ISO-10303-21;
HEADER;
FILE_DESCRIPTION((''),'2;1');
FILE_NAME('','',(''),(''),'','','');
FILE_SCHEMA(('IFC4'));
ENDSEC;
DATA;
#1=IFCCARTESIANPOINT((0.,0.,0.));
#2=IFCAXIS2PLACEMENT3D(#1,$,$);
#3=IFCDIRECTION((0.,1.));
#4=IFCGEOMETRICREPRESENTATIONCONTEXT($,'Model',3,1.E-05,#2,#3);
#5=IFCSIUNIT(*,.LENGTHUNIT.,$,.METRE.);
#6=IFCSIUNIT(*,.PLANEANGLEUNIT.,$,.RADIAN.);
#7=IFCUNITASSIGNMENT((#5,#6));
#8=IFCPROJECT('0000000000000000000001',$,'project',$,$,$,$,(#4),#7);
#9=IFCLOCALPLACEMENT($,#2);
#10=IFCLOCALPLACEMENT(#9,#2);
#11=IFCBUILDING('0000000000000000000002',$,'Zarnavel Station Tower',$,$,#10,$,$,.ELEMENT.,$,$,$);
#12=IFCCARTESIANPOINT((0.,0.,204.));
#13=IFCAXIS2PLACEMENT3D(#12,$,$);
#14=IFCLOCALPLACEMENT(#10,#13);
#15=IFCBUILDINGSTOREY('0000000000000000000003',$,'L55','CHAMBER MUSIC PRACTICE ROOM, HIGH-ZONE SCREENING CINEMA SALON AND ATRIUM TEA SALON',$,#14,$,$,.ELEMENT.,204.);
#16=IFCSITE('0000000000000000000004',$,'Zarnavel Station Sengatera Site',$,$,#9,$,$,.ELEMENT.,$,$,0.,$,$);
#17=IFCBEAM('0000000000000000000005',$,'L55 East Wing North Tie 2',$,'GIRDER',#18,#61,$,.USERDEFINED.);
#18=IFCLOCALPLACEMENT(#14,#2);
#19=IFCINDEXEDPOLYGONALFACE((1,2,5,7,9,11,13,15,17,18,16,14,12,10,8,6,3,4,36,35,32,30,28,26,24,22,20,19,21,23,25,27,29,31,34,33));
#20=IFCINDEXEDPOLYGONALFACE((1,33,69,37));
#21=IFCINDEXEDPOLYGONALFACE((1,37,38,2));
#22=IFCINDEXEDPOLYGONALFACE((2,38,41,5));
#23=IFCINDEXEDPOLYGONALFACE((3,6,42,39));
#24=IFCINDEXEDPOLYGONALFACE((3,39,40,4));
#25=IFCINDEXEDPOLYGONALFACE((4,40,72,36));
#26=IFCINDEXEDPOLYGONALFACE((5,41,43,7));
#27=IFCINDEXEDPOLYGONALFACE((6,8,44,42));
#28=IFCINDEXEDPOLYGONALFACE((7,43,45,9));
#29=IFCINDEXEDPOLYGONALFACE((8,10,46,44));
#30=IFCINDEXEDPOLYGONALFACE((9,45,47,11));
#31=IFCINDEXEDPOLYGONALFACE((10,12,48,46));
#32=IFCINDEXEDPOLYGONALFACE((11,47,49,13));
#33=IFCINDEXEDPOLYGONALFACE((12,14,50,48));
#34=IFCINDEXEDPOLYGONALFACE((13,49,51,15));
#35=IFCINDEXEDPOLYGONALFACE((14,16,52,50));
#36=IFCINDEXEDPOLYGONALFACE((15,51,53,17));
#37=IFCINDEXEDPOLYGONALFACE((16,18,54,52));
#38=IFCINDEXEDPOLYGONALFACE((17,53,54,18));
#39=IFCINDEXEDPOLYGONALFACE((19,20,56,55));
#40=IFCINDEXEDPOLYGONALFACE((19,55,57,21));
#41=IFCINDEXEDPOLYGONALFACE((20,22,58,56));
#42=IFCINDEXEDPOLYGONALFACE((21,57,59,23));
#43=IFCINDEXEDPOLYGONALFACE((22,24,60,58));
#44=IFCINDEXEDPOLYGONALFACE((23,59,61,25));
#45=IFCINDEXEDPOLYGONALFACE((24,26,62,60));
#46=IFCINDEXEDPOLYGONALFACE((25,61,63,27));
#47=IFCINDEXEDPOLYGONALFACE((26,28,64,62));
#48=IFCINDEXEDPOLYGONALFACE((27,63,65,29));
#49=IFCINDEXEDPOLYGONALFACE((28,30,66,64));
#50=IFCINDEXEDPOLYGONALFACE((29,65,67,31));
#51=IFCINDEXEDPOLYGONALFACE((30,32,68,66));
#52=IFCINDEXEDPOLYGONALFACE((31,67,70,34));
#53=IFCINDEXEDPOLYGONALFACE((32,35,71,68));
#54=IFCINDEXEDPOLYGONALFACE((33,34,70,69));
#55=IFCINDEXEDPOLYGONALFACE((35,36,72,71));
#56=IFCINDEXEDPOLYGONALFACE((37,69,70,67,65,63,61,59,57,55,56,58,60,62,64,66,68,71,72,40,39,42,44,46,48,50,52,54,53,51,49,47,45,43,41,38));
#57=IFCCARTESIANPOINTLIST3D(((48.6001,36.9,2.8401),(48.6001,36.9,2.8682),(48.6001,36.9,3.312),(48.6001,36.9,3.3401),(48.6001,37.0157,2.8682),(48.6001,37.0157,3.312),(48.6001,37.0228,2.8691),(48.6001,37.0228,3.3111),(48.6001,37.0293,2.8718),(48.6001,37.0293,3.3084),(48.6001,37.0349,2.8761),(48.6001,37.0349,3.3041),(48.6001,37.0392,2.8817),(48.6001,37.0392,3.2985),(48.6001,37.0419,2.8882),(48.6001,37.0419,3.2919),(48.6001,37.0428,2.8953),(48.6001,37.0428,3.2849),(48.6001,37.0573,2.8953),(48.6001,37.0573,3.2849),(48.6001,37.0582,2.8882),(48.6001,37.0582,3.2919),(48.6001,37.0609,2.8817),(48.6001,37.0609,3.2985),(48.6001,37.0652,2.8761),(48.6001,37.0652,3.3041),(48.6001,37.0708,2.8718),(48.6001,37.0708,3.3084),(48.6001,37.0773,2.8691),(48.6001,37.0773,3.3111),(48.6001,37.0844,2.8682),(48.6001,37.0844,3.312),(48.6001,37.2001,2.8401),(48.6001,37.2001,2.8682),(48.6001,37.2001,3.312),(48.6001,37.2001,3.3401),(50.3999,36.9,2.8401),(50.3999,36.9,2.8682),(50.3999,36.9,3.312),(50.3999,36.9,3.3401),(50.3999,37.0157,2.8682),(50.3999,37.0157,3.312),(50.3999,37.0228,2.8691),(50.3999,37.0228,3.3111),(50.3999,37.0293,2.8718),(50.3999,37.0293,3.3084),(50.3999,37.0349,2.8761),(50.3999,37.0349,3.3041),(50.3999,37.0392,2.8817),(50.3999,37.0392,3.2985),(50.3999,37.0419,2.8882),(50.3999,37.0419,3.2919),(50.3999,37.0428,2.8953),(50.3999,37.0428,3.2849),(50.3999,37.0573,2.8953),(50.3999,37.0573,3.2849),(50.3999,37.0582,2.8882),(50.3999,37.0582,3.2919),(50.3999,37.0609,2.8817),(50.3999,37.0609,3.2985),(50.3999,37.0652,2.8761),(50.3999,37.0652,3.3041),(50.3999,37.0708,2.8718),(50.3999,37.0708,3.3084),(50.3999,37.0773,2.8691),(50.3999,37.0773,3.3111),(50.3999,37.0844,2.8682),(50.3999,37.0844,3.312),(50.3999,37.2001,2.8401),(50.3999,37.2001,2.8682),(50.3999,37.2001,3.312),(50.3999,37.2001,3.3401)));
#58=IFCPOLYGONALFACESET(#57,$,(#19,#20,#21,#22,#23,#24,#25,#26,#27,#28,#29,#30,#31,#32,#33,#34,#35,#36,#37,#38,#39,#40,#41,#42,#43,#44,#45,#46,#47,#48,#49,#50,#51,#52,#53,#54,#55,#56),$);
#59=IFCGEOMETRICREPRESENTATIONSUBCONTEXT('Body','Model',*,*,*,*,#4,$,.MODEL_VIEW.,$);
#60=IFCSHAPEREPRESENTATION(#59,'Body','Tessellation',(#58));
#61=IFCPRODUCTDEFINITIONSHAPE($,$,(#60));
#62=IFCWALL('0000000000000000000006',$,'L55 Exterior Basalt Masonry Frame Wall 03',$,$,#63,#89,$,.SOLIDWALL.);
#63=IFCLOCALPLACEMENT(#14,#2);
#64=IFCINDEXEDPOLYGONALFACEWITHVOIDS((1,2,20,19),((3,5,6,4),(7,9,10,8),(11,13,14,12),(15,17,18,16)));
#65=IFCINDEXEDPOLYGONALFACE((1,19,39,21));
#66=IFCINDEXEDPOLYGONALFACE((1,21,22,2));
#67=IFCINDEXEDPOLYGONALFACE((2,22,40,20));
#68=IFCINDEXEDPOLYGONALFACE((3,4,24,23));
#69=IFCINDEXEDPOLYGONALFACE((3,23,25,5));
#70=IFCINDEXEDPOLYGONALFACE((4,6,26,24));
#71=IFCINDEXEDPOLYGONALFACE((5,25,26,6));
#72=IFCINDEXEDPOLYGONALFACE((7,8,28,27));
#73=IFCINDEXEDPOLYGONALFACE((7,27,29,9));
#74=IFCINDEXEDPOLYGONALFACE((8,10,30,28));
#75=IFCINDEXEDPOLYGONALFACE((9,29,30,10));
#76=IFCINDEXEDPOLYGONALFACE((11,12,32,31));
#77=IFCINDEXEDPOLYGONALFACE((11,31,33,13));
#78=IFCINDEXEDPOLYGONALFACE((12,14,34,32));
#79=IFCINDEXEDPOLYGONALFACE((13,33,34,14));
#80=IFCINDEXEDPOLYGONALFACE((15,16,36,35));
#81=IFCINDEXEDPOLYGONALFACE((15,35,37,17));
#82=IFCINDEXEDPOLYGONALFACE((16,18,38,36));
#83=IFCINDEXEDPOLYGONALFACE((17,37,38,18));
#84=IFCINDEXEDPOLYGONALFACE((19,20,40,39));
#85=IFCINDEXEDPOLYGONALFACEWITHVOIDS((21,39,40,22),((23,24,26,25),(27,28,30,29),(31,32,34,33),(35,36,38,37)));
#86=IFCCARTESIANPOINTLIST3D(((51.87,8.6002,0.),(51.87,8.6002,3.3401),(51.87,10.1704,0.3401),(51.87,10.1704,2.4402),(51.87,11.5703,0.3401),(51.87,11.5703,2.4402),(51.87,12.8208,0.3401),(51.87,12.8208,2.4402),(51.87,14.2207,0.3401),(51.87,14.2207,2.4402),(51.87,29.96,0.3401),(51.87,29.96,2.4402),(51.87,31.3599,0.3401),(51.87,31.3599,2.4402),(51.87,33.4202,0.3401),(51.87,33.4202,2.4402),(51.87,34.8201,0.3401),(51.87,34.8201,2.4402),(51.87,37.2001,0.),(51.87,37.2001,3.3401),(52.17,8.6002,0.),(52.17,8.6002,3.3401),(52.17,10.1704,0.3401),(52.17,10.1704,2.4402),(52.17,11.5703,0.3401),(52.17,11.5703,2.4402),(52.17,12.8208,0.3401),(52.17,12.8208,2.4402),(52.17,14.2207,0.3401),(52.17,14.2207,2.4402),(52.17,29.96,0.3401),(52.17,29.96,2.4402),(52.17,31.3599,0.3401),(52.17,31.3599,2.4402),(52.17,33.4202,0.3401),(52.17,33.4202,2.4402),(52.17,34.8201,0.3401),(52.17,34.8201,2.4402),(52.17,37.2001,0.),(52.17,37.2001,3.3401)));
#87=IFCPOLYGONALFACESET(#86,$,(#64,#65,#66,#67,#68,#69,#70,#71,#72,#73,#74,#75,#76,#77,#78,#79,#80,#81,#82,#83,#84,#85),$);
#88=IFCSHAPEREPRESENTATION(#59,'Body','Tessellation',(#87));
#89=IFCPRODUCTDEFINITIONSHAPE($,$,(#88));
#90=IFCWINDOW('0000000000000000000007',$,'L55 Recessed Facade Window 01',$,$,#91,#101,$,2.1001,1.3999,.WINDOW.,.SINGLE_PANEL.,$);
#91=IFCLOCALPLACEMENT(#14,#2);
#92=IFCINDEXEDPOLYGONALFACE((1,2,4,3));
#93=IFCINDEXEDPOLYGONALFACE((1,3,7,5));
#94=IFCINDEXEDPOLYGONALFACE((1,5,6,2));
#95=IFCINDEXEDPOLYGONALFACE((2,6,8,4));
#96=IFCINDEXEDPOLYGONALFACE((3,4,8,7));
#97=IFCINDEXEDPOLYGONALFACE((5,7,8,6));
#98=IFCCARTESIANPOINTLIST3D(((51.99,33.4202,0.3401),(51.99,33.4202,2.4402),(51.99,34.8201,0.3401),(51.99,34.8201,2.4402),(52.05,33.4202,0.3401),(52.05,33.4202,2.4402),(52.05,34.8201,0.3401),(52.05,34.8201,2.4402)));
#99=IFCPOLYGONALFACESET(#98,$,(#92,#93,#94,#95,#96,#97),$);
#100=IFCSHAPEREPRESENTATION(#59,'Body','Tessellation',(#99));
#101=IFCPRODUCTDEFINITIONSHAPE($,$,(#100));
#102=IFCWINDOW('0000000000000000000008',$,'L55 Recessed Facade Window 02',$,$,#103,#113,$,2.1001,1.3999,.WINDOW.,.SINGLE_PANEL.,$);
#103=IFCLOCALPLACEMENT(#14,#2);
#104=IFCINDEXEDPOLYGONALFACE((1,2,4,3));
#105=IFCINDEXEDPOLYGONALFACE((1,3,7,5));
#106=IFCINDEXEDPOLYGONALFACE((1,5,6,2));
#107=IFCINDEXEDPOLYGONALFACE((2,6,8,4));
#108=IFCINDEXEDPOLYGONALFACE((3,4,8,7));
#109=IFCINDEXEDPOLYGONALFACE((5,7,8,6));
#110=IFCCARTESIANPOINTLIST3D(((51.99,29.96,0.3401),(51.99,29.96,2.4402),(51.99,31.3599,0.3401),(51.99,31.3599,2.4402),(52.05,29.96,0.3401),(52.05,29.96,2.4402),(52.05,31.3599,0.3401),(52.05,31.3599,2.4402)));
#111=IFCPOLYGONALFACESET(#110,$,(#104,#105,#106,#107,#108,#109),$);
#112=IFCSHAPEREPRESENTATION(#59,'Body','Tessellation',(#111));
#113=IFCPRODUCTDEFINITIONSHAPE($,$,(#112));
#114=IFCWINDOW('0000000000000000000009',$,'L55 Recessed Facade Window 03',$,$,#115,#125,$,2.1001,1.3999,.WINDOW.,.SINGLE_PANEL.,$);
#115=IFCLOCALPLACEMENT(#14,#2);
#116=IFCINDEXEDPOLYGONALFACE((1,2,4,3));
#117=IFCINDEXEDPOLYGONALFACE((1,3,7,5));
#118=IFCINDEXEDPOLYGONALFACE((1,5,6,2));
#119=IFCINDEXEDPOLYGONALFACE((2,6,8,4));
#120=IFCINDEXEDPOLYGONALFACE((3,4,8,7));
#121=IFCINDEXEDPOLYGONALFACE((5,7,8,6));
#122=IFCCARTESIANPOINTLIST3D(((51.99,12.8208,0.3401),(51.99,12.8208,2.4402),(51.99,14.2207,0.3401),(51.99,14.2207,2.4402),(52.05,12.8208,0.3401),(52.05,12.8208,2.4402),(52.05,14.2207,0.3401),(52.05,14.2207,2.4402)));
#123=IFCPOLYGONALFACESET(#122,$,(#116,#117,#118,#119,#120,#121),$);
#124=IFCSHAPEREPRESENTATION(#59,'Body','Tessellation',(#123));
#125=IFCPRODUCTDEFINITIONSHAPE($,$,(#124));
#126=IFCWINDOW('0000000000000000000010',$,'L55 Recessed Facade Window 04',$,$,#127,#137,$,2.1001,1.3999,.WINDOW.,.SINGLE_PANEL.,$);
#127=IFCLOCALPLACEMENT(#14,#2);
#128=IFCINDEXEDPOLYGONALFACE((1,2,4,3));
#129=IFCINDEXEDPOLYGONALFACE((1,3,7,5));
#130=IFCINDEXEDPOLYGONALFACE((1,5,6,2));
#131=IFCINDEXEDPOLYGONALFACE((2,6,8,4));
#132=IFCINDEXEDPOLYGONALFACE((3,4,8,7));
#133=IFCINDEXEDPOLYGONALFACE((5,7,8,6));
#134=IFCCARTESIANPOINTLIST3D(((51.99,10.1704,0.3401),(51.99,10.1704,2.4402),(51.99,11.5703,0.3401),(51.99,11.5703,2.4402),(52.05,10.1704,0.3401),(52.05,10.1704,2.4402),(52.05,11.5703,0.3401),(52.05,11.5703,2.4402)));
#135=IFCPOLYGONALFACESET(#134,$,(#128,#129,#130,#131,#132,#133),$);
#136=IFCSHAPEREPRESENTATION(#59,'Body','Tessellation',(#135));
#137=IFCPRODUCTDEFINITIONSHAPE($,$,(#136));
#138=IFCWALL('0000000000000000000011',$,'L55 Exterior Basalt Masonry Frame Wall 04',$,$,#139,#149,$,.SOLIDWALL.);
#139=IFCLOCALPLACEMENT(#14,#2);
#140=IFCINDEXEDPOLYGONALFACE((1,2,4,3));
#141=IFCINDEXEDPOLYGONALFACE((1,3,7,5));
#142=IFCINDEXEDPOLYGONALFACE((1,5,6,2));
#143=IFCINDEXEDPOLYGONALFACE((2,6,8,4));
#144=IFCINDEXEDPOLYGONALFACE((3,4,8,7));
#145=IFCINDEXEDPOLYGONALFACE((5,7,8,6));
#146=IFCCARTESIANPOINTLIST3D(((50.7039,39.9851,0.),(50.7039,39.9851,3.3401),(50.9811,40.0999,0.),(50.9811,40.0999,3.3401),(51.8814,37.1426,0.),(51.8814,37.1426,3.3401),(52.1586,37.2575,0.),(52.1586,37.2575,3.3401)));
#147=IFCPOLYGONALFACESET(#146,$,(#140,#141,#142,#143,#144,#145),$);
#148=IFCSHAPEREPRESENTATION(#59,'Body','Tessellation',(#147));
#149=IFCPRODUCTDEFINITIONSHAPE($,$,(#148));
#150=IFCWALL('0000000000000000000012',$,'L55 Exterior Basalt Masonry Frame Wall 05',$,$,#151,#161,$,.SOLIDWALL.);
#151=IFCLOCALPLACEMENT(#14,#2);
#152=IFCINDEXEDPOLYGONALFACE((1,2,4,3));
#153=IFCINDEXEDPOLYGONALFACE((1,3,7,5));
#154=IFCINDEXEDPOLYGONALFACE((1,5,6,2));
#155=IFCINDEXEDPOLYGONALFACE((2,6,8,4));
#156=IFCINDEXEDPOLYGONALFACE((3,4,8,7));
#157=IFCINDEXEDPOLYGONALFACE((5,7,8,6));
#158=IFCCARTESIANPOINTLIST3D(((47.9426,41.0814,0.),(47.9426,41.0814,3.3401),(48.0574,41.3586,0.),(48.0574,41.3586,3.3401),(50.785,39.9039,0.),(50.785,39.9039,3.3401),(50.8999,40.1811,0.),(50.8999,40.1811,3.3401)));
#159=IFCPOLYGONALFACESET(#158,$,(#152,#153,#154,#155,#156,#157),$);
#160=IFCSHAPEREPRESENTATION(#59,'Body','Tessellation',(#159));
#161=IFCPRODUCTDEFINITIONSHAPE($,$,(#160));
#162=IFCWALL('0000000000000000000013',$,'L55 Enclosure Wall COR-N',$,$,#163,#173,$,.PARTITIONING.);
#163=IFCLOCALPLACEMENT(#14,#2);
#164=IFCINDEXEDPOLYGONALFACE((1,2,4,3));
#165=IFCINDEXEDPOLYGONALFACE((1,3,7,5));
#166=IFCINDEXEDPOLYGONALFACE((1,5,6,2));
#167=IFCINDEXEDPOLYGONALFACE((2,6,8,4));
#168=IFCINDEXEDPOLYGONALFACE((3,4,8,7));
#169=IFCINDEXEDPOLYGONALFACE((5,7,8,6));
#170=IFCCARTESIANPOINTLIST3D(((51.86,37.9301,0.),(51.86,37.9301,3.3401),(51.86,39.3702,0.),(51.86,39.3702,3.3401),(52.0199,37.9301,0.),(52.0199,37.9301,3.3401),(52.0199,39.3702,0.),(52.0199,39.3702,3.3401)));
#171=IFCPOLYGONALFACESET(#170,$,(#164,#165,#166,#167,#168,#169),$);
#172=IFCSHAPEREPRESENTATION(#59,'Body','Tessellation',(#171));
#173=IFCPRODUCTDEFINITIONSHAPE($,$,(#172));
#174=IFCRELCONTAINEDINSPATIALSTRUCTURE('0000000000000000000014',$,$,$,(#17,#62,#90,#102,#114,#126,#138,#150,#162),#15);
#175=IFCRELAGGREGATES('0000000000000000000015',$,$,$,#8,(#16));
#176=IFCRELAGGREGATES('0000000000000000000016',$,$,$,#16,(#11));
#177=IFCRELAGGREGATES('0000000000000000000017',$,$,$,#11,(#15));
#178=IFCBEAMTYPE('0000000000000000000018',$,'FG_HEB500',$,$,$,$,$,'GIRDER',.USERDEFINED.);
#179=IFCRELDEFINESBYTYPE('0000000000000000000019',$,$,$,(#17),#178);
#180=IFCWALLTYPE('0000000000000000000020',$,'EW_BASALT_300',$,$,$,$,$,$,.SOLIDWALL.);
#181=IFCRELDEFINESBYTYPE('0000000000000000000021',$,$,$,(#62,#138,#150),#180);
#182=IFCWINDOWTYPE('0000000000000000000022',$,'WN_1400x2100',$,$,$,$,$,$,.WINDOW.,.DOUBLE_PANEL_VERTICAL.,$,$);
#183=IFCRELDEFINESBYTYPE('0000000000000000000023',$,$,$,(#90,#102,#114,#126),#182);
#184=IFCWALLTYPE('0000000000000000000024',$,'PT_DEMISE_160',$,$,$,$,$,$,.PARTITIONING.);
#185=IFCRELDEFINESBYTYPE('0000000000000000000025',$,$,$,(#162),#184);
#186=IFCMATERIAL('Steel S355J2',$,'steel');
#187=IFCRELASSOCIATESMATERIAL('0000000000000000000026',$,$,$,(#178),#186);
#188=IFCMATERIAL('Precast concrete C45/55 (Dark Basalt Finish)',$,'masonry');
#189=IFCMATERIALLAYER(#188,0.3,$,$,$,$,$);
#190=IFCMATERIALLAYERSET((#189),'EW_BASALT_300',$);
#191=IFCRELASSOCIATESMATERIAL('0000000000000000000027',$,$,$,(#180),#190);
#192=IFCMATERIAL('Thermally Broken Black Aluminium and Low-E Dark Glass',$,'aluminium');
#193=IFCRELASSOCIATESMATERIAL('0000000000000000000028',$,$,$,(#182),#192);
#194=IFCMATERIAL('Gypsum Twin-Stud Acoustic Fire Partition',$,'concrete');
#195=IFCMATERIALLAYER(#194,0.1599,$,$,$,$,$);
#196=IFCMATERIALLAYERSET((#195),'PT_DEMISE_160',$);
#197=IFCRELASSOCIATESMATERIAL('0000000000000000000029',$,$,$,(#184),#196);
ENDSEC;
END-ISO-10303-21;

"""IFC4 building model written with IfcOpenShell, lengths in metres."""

from ifc_helpers import new_model, si_unit, direction, frame, frame_2d, origin, origin_2d, place, context, subcontext, project, spatial, rectangle, i_section, extrude, material, layer, layer_set, material_profile, profile_set, type_object, element, fill, save


model = new_model("IFC4")

# Units and contexts
model_context = context("Model", 3, precision=1e-05, world=origin(), true_north=direction((0.0, 1.0)))
body_context = subcontext(model_context, "Body", "Model", "MODEL_VIEW")
ifc_project = project(units=[si_unit("LENGTHUNIT", "METRE"), si_unit("PLANEANGLEUNIT", "RADIAN")], contexts=[model_context])

# Site, building, storey
site_placement = place(None, origin())
site = spatial("IfcSite", under=ifc_project, at=site_placement, Name="Zarnavel Station Sengatera Site", CompositionType="ELEMENT", RefElevation=0.0)
building_placement = place(site_placement, origin())
building = spatial("IfcBuilding", under=site, at=building_placement, Name="Zarnavel Station Tower", CompositionType="ELEMENT")
storey_placement = place(building_placement, frame((0.0, 0.0, 204.0)))
storey = spatial("IfcBuildingStorey", under=building, at=storey_placement, Name="L55", Description="CHAMBER MUSIC PRACTICE ROOM, HIGH-ZONE SCREENING CINEMA SALON AND ATRIUM TEA SALON", CompositionType="ELEMENT", Elevation=204.0)

# Beam
ifc_material_1 = material(Name="Steel S355J2", Category="steel")
ifc_material_profile_1 = material_profile(ifc_material_1, i_section(OverallWidth=0.3, OverallDepth=0.5, WebThickness=0.0144, FlangeThickness=0.0281, FilletRadius=0.0271, at=origin_2d()), Name="HEB500")
ifc_profile_set_1 = profile_set([ifc_material_profile_1], Name="Steel S355J2")
beam_type = type_object("IfcBeamType", Name="FG_HEB500", ElementType="GIRDER", PredefinedType="USERDEFINED", material=ifc_profile_set_1)
beam_1_placement = place(storey_placement, frame((48.6001, 37.05, 3.0901), z_axis=(1.0, 0.0, 0.0), x_axis=(0.0, 1.0, 0.0)))
element("IfcBeam", 1, at=beam_1_placement, inside=storey, type_object=beam_type, Name="L55 East Wing North Tie 2", ObjectType="GIRDER", PredefinedType="USERDEFINED", context=body_context, shape_type="SweptSolid", body=[
    extrude(i_section(OverallWidth=0.3, OverallDepth=0.5, WebThickness=0.0144, FlangeThickness=0.0281, FilletRadius=0.0271, at=origin_2d()), origin(), (0.0, 0.0, 1.0), 1.7998),
])

# Wall, openings, windows
ifc_material_2 = material(Name="Precast concrete C45/55 (Dark Basalt Finish)", Category="masonry")
ifc_layer_1 = layer(ifc_material_2, 0.3)
ifc_layer_set_1 = layer_set([ifc_layer_1], Name="EW_BASALT_300")
wall_type_1 = type_object("IfcWallType", Name="EW_BASALT_300", PredefinedType="SOLIDWALL", material=ifc_layer_set_1)
wall_1_placement = place(storey_placement, frame((52.02, 37.2, 0.0), z_axis=(0.0, 0.0, 1.0), x_axis=(0.0, -1.0, 0.0)))
wall_1 = element("IfcWall", 2, at=wall_1_placement, inside=storey, type_object=wall_type_1, Name="L55 Exterior Basalt Masonry Frame Wall 03", PredefinedType="SOLIDWALL", context=body_context, shape_type="SweptSolid", body=[
    extrude(rectangle(XDim=28.5999, YDim=0.3, at=frame_2d((14.2998, 0.0))), origin(), (0.0, 0.0, 1.0), 3.3401),
])
opening_1_placement = place(wall_1_placement, frame((2.3799, 0.0, 0.3401)))
opening_1 = element("IfcOpeningElement", 3, at=opening_1_placement, cuts=wall_1, PredefinedType="OPENING", context=body_context, shape_type="SweptSolid", body=[
    extrude(rectangle(XDim=1.3999, YDim=2.1001, at=frame_2d((0.7, 1.05))), frame((0.0, 0.1599, 0.0), z_axis=(0.0, -1.0, 0.0), x_axis=(1.0, 0.0, 0.0)), (0.0, 0.0, 1.0), 0.3201),
])
opening_2_placement = place(wall_1_placement, frame((5.8401, 0.0, 0.3401)))
opening_2 = element("IfcOpeningElement", 4, at=opening_2_placement, cuts=wall_1, PredefinedType="OPENING", context=body_context, shape_type="SweptSolid", body=[
    extrude(rectangle(XDim=1.3999, YDim=2.1001, at=frame_2d((0.7, 1.05))), frame((0.0, 0.1599, 0.0), z_axis=(0.0, -1.0, 0.0), x_axis=(1.0, 0.0, 0.0)), (0.0, 0.0, 1.0), 0.3201),
])
opening_3_placement = place(wall_1_placement, frame((22.9792, 0.0, 0.3401)))
opening_3 = element("IfcOpeningElement", 5, at=opening_3_placement, cuts=wall_1, PredefinedType="OPENING", context=body_context, shape_type="SweptSolid", body=[
    extrude(rectangle(XDim=1.3999, YDim=2.1001, at=frame_2d((0.7, 1.05))), frame((0.0, 0.1599, 0.0), z_axis=(0.0, -1.0, 0.0), x_axis=(1.0, 0.0, 0.0)), (0.0, 0.0, 1.0), 0.3201),
])
opening_4_placement = place(wall_1_placement, frame((25.6296, 0.0, 0.3401)))
opening_4 = element("IfcOpeningElement", 6, at=opening_4_placement, cuts=wall_1, PredefinedType="OPENING", context=body_context, shape_type="SweptSolid", body=[
    extrude(rectangle(XDim=1.3999, YDim=2.1001, at=frame_2d((0.7, 1.05))), frame((0.0, 0.1599, 0.0), z_axis=(0.0, -1.0, 0.0), x_axis=(1.0, 0.0, 0.0)), (0.0, 0.0, 1.0), 0.3201),
])
ifc_material_3 = material(Name="Thermally Broken Black Aluminium and Low-E Dark Glass", Category="aluminium")
window_type = type_object("IfcWindowType", Name="WN_1400x2100", PartitioningType="DOUBLE_PANEL_VERTICAL", PredefinedType="WINDOW", material=ifc_material_3)
window_1_placement = place(opening_1_placement, origin())
window_1 = element("IfcWindow", 7, at=window_1_placement, inside=storey, type_object=window_type, Name="L55 Recessed Facade Window 01", OverallHeight=2.1001, OverallWidth=1.3999, PartitioningType="SINGLE_PANEL", PredefinedType="WINDOW", context=body_context, shape_type="SweptSolid", body=[
    extrude(rectangle(XDim=1.3999, YDim=2.1001, at=frame_2d((0.7, 1.05))), frame((0.0, 0.03, 0.0), z_axis=(0.0, -1.0, 0.0), x_axis=(1.0, 0.0, 0.0)), (0.0, 0.0, 1.0), 0.0601),
])
fill(opening_1, window_1)
window_2_placement = place(opening_2_placement, origin())
window_2 = element("IfcWindow", 8, at=window_2_placement, inside=storey, type_object=window_type, Name="L55 Recessed Facade Window 02", OverallHeight=2.1001, OverallWidth=1.3999, PartitioningType="SINGLE_PANEL", PredefinedType="WINDOW", context=body_context, shape_type="SweptSolid", body=[
    extrude(rectangle(XDim=1.3999, YDim=2.1001, at=frame_2d((0.7, 1.05))), frame((0.0, 0.03, 0.0), z_axis=(0.0, -1.0, 0.0), x_axis=(1.0, 0.0, 0.0)), (0.0, 0.0, 1.0), 0.0601),
])
fill(opening_2, window_2)
window_3_placement = place(opening_3_placement, origin())
window_3 = element("IfcWindow", 9, at=window_3_placement, inside=storey, type_object=window_type, Name="L55 Recessed Facade Window 03", OverallHeight=2.1001, OverallWidth=1.3999, PartitioningType="SINGLE_PANEL", PredefinedType="WINDOW", context=body_context, shape_type="SweptSolid", body=[
    extrude(rectangle(XDim=1.3999, YDim=2.1001, at=frame_2d((0.7, 1.05))), frame((0.0, 0.03, 0.0), z_axis=(0.0, -1.0, 0.0), x_axis=(1.0, 0.0, 0.0)), (0.0, 0.0, 1.0), 0.0601),
])
fill(opening_3, window_3)
window_4_placement = place(opening_4_placement, origin())
window_4 = element("IfcWindow", 10, at=window_4_placement, inside=storey, type_object=window_type, Name="L55 Recessed Facade Window 04", OverallHeight=2.1001, OverallWidth=1.3999, PartitioningType="SINGLE_PANEL", PredefinedType="WINDOW", context=body_context, shape_type="SweptSolid", body=[
    extrude(rectangle(XDim=1.3999, YDim=2.1001, at=frame_2d((0.7, 1.05))), frame((0.0, 0.03, 0.0), z_axis=(0.0, -1.0, 0.0), x_axis=(1.0, 0.0, 0.0)), (0.0, 0.0, 1.0), 0.0601),
])
fill(opening_4, window_4)

# Walls
for number, where, z_axis, x_axis, name in (
    (11, (50.8425, 40.0425, 0.0), (0.0, 0.0, 1.0), (0.382705, -0.923871, 0.0), "L55 Exterior Basalt Masonry Frame Wall 04"),
    (12, (48.0, 41.22, 0.0), (0.0, 0.0, 1.0), (0.923871, -0.382705, 0.0), "L55 Exterior Basalt Masonry Frame Wall 05"),
):
    element("IfcWall", number, at=place(storey_placement, frame(where, z_axis=z_axis, x_axis=x_axis)), inside=storey, type_object=wall_type_1, Name=name, PredefinedType="SOLIDWALL", context=body_context, shape_type="SweptSolid", body=[
        extrude(rectangle(XDim=3.0767, YDim=0.3, at=frame_2d((1.5383, 0.0))), origin(), (0.0, 0.0, 1.0), 3.3401),
    ])
ifc_material_4 = material(Name="Gypsum Twin-Stud Acoustic Fire Partition", Category="concrete")
ifc_layer_2 = layer(ifc_material_4, 0.1599)
ifc_layer_set_2 = layer_set([ifc_layer_2], Name="PT_DEMISE_160")
wall_type_2 = type_object("IfcWallType", Name="PT_DEMISE_160", PredefinedType="PARTITIONING", material=ifc_layer_set_2)
wall_2_placement = place(storey_placement, frame((51.9399, 37.9299, 0.0), z_axis=(0.0, 0.0, 1.0), x_axis=(0.0, 1.0, 0.0)))
element("IfcWall", 13, at=wall_2_placement, inside=storey, type_object=wall_type_2, Name="L55 Enclosure Wall COR-N", PredefinedType="PARTITIONING", context=body_context, shape_type="SweptSolid", body=[
    extrude(rectangle(XDim=1.4402, YDim=0.1599, at=frame_2d((0.7202, 0.0))), origin(), (0.0, 0.0, 1.0), 3.3401),
])

save(model, "model.ifc")
